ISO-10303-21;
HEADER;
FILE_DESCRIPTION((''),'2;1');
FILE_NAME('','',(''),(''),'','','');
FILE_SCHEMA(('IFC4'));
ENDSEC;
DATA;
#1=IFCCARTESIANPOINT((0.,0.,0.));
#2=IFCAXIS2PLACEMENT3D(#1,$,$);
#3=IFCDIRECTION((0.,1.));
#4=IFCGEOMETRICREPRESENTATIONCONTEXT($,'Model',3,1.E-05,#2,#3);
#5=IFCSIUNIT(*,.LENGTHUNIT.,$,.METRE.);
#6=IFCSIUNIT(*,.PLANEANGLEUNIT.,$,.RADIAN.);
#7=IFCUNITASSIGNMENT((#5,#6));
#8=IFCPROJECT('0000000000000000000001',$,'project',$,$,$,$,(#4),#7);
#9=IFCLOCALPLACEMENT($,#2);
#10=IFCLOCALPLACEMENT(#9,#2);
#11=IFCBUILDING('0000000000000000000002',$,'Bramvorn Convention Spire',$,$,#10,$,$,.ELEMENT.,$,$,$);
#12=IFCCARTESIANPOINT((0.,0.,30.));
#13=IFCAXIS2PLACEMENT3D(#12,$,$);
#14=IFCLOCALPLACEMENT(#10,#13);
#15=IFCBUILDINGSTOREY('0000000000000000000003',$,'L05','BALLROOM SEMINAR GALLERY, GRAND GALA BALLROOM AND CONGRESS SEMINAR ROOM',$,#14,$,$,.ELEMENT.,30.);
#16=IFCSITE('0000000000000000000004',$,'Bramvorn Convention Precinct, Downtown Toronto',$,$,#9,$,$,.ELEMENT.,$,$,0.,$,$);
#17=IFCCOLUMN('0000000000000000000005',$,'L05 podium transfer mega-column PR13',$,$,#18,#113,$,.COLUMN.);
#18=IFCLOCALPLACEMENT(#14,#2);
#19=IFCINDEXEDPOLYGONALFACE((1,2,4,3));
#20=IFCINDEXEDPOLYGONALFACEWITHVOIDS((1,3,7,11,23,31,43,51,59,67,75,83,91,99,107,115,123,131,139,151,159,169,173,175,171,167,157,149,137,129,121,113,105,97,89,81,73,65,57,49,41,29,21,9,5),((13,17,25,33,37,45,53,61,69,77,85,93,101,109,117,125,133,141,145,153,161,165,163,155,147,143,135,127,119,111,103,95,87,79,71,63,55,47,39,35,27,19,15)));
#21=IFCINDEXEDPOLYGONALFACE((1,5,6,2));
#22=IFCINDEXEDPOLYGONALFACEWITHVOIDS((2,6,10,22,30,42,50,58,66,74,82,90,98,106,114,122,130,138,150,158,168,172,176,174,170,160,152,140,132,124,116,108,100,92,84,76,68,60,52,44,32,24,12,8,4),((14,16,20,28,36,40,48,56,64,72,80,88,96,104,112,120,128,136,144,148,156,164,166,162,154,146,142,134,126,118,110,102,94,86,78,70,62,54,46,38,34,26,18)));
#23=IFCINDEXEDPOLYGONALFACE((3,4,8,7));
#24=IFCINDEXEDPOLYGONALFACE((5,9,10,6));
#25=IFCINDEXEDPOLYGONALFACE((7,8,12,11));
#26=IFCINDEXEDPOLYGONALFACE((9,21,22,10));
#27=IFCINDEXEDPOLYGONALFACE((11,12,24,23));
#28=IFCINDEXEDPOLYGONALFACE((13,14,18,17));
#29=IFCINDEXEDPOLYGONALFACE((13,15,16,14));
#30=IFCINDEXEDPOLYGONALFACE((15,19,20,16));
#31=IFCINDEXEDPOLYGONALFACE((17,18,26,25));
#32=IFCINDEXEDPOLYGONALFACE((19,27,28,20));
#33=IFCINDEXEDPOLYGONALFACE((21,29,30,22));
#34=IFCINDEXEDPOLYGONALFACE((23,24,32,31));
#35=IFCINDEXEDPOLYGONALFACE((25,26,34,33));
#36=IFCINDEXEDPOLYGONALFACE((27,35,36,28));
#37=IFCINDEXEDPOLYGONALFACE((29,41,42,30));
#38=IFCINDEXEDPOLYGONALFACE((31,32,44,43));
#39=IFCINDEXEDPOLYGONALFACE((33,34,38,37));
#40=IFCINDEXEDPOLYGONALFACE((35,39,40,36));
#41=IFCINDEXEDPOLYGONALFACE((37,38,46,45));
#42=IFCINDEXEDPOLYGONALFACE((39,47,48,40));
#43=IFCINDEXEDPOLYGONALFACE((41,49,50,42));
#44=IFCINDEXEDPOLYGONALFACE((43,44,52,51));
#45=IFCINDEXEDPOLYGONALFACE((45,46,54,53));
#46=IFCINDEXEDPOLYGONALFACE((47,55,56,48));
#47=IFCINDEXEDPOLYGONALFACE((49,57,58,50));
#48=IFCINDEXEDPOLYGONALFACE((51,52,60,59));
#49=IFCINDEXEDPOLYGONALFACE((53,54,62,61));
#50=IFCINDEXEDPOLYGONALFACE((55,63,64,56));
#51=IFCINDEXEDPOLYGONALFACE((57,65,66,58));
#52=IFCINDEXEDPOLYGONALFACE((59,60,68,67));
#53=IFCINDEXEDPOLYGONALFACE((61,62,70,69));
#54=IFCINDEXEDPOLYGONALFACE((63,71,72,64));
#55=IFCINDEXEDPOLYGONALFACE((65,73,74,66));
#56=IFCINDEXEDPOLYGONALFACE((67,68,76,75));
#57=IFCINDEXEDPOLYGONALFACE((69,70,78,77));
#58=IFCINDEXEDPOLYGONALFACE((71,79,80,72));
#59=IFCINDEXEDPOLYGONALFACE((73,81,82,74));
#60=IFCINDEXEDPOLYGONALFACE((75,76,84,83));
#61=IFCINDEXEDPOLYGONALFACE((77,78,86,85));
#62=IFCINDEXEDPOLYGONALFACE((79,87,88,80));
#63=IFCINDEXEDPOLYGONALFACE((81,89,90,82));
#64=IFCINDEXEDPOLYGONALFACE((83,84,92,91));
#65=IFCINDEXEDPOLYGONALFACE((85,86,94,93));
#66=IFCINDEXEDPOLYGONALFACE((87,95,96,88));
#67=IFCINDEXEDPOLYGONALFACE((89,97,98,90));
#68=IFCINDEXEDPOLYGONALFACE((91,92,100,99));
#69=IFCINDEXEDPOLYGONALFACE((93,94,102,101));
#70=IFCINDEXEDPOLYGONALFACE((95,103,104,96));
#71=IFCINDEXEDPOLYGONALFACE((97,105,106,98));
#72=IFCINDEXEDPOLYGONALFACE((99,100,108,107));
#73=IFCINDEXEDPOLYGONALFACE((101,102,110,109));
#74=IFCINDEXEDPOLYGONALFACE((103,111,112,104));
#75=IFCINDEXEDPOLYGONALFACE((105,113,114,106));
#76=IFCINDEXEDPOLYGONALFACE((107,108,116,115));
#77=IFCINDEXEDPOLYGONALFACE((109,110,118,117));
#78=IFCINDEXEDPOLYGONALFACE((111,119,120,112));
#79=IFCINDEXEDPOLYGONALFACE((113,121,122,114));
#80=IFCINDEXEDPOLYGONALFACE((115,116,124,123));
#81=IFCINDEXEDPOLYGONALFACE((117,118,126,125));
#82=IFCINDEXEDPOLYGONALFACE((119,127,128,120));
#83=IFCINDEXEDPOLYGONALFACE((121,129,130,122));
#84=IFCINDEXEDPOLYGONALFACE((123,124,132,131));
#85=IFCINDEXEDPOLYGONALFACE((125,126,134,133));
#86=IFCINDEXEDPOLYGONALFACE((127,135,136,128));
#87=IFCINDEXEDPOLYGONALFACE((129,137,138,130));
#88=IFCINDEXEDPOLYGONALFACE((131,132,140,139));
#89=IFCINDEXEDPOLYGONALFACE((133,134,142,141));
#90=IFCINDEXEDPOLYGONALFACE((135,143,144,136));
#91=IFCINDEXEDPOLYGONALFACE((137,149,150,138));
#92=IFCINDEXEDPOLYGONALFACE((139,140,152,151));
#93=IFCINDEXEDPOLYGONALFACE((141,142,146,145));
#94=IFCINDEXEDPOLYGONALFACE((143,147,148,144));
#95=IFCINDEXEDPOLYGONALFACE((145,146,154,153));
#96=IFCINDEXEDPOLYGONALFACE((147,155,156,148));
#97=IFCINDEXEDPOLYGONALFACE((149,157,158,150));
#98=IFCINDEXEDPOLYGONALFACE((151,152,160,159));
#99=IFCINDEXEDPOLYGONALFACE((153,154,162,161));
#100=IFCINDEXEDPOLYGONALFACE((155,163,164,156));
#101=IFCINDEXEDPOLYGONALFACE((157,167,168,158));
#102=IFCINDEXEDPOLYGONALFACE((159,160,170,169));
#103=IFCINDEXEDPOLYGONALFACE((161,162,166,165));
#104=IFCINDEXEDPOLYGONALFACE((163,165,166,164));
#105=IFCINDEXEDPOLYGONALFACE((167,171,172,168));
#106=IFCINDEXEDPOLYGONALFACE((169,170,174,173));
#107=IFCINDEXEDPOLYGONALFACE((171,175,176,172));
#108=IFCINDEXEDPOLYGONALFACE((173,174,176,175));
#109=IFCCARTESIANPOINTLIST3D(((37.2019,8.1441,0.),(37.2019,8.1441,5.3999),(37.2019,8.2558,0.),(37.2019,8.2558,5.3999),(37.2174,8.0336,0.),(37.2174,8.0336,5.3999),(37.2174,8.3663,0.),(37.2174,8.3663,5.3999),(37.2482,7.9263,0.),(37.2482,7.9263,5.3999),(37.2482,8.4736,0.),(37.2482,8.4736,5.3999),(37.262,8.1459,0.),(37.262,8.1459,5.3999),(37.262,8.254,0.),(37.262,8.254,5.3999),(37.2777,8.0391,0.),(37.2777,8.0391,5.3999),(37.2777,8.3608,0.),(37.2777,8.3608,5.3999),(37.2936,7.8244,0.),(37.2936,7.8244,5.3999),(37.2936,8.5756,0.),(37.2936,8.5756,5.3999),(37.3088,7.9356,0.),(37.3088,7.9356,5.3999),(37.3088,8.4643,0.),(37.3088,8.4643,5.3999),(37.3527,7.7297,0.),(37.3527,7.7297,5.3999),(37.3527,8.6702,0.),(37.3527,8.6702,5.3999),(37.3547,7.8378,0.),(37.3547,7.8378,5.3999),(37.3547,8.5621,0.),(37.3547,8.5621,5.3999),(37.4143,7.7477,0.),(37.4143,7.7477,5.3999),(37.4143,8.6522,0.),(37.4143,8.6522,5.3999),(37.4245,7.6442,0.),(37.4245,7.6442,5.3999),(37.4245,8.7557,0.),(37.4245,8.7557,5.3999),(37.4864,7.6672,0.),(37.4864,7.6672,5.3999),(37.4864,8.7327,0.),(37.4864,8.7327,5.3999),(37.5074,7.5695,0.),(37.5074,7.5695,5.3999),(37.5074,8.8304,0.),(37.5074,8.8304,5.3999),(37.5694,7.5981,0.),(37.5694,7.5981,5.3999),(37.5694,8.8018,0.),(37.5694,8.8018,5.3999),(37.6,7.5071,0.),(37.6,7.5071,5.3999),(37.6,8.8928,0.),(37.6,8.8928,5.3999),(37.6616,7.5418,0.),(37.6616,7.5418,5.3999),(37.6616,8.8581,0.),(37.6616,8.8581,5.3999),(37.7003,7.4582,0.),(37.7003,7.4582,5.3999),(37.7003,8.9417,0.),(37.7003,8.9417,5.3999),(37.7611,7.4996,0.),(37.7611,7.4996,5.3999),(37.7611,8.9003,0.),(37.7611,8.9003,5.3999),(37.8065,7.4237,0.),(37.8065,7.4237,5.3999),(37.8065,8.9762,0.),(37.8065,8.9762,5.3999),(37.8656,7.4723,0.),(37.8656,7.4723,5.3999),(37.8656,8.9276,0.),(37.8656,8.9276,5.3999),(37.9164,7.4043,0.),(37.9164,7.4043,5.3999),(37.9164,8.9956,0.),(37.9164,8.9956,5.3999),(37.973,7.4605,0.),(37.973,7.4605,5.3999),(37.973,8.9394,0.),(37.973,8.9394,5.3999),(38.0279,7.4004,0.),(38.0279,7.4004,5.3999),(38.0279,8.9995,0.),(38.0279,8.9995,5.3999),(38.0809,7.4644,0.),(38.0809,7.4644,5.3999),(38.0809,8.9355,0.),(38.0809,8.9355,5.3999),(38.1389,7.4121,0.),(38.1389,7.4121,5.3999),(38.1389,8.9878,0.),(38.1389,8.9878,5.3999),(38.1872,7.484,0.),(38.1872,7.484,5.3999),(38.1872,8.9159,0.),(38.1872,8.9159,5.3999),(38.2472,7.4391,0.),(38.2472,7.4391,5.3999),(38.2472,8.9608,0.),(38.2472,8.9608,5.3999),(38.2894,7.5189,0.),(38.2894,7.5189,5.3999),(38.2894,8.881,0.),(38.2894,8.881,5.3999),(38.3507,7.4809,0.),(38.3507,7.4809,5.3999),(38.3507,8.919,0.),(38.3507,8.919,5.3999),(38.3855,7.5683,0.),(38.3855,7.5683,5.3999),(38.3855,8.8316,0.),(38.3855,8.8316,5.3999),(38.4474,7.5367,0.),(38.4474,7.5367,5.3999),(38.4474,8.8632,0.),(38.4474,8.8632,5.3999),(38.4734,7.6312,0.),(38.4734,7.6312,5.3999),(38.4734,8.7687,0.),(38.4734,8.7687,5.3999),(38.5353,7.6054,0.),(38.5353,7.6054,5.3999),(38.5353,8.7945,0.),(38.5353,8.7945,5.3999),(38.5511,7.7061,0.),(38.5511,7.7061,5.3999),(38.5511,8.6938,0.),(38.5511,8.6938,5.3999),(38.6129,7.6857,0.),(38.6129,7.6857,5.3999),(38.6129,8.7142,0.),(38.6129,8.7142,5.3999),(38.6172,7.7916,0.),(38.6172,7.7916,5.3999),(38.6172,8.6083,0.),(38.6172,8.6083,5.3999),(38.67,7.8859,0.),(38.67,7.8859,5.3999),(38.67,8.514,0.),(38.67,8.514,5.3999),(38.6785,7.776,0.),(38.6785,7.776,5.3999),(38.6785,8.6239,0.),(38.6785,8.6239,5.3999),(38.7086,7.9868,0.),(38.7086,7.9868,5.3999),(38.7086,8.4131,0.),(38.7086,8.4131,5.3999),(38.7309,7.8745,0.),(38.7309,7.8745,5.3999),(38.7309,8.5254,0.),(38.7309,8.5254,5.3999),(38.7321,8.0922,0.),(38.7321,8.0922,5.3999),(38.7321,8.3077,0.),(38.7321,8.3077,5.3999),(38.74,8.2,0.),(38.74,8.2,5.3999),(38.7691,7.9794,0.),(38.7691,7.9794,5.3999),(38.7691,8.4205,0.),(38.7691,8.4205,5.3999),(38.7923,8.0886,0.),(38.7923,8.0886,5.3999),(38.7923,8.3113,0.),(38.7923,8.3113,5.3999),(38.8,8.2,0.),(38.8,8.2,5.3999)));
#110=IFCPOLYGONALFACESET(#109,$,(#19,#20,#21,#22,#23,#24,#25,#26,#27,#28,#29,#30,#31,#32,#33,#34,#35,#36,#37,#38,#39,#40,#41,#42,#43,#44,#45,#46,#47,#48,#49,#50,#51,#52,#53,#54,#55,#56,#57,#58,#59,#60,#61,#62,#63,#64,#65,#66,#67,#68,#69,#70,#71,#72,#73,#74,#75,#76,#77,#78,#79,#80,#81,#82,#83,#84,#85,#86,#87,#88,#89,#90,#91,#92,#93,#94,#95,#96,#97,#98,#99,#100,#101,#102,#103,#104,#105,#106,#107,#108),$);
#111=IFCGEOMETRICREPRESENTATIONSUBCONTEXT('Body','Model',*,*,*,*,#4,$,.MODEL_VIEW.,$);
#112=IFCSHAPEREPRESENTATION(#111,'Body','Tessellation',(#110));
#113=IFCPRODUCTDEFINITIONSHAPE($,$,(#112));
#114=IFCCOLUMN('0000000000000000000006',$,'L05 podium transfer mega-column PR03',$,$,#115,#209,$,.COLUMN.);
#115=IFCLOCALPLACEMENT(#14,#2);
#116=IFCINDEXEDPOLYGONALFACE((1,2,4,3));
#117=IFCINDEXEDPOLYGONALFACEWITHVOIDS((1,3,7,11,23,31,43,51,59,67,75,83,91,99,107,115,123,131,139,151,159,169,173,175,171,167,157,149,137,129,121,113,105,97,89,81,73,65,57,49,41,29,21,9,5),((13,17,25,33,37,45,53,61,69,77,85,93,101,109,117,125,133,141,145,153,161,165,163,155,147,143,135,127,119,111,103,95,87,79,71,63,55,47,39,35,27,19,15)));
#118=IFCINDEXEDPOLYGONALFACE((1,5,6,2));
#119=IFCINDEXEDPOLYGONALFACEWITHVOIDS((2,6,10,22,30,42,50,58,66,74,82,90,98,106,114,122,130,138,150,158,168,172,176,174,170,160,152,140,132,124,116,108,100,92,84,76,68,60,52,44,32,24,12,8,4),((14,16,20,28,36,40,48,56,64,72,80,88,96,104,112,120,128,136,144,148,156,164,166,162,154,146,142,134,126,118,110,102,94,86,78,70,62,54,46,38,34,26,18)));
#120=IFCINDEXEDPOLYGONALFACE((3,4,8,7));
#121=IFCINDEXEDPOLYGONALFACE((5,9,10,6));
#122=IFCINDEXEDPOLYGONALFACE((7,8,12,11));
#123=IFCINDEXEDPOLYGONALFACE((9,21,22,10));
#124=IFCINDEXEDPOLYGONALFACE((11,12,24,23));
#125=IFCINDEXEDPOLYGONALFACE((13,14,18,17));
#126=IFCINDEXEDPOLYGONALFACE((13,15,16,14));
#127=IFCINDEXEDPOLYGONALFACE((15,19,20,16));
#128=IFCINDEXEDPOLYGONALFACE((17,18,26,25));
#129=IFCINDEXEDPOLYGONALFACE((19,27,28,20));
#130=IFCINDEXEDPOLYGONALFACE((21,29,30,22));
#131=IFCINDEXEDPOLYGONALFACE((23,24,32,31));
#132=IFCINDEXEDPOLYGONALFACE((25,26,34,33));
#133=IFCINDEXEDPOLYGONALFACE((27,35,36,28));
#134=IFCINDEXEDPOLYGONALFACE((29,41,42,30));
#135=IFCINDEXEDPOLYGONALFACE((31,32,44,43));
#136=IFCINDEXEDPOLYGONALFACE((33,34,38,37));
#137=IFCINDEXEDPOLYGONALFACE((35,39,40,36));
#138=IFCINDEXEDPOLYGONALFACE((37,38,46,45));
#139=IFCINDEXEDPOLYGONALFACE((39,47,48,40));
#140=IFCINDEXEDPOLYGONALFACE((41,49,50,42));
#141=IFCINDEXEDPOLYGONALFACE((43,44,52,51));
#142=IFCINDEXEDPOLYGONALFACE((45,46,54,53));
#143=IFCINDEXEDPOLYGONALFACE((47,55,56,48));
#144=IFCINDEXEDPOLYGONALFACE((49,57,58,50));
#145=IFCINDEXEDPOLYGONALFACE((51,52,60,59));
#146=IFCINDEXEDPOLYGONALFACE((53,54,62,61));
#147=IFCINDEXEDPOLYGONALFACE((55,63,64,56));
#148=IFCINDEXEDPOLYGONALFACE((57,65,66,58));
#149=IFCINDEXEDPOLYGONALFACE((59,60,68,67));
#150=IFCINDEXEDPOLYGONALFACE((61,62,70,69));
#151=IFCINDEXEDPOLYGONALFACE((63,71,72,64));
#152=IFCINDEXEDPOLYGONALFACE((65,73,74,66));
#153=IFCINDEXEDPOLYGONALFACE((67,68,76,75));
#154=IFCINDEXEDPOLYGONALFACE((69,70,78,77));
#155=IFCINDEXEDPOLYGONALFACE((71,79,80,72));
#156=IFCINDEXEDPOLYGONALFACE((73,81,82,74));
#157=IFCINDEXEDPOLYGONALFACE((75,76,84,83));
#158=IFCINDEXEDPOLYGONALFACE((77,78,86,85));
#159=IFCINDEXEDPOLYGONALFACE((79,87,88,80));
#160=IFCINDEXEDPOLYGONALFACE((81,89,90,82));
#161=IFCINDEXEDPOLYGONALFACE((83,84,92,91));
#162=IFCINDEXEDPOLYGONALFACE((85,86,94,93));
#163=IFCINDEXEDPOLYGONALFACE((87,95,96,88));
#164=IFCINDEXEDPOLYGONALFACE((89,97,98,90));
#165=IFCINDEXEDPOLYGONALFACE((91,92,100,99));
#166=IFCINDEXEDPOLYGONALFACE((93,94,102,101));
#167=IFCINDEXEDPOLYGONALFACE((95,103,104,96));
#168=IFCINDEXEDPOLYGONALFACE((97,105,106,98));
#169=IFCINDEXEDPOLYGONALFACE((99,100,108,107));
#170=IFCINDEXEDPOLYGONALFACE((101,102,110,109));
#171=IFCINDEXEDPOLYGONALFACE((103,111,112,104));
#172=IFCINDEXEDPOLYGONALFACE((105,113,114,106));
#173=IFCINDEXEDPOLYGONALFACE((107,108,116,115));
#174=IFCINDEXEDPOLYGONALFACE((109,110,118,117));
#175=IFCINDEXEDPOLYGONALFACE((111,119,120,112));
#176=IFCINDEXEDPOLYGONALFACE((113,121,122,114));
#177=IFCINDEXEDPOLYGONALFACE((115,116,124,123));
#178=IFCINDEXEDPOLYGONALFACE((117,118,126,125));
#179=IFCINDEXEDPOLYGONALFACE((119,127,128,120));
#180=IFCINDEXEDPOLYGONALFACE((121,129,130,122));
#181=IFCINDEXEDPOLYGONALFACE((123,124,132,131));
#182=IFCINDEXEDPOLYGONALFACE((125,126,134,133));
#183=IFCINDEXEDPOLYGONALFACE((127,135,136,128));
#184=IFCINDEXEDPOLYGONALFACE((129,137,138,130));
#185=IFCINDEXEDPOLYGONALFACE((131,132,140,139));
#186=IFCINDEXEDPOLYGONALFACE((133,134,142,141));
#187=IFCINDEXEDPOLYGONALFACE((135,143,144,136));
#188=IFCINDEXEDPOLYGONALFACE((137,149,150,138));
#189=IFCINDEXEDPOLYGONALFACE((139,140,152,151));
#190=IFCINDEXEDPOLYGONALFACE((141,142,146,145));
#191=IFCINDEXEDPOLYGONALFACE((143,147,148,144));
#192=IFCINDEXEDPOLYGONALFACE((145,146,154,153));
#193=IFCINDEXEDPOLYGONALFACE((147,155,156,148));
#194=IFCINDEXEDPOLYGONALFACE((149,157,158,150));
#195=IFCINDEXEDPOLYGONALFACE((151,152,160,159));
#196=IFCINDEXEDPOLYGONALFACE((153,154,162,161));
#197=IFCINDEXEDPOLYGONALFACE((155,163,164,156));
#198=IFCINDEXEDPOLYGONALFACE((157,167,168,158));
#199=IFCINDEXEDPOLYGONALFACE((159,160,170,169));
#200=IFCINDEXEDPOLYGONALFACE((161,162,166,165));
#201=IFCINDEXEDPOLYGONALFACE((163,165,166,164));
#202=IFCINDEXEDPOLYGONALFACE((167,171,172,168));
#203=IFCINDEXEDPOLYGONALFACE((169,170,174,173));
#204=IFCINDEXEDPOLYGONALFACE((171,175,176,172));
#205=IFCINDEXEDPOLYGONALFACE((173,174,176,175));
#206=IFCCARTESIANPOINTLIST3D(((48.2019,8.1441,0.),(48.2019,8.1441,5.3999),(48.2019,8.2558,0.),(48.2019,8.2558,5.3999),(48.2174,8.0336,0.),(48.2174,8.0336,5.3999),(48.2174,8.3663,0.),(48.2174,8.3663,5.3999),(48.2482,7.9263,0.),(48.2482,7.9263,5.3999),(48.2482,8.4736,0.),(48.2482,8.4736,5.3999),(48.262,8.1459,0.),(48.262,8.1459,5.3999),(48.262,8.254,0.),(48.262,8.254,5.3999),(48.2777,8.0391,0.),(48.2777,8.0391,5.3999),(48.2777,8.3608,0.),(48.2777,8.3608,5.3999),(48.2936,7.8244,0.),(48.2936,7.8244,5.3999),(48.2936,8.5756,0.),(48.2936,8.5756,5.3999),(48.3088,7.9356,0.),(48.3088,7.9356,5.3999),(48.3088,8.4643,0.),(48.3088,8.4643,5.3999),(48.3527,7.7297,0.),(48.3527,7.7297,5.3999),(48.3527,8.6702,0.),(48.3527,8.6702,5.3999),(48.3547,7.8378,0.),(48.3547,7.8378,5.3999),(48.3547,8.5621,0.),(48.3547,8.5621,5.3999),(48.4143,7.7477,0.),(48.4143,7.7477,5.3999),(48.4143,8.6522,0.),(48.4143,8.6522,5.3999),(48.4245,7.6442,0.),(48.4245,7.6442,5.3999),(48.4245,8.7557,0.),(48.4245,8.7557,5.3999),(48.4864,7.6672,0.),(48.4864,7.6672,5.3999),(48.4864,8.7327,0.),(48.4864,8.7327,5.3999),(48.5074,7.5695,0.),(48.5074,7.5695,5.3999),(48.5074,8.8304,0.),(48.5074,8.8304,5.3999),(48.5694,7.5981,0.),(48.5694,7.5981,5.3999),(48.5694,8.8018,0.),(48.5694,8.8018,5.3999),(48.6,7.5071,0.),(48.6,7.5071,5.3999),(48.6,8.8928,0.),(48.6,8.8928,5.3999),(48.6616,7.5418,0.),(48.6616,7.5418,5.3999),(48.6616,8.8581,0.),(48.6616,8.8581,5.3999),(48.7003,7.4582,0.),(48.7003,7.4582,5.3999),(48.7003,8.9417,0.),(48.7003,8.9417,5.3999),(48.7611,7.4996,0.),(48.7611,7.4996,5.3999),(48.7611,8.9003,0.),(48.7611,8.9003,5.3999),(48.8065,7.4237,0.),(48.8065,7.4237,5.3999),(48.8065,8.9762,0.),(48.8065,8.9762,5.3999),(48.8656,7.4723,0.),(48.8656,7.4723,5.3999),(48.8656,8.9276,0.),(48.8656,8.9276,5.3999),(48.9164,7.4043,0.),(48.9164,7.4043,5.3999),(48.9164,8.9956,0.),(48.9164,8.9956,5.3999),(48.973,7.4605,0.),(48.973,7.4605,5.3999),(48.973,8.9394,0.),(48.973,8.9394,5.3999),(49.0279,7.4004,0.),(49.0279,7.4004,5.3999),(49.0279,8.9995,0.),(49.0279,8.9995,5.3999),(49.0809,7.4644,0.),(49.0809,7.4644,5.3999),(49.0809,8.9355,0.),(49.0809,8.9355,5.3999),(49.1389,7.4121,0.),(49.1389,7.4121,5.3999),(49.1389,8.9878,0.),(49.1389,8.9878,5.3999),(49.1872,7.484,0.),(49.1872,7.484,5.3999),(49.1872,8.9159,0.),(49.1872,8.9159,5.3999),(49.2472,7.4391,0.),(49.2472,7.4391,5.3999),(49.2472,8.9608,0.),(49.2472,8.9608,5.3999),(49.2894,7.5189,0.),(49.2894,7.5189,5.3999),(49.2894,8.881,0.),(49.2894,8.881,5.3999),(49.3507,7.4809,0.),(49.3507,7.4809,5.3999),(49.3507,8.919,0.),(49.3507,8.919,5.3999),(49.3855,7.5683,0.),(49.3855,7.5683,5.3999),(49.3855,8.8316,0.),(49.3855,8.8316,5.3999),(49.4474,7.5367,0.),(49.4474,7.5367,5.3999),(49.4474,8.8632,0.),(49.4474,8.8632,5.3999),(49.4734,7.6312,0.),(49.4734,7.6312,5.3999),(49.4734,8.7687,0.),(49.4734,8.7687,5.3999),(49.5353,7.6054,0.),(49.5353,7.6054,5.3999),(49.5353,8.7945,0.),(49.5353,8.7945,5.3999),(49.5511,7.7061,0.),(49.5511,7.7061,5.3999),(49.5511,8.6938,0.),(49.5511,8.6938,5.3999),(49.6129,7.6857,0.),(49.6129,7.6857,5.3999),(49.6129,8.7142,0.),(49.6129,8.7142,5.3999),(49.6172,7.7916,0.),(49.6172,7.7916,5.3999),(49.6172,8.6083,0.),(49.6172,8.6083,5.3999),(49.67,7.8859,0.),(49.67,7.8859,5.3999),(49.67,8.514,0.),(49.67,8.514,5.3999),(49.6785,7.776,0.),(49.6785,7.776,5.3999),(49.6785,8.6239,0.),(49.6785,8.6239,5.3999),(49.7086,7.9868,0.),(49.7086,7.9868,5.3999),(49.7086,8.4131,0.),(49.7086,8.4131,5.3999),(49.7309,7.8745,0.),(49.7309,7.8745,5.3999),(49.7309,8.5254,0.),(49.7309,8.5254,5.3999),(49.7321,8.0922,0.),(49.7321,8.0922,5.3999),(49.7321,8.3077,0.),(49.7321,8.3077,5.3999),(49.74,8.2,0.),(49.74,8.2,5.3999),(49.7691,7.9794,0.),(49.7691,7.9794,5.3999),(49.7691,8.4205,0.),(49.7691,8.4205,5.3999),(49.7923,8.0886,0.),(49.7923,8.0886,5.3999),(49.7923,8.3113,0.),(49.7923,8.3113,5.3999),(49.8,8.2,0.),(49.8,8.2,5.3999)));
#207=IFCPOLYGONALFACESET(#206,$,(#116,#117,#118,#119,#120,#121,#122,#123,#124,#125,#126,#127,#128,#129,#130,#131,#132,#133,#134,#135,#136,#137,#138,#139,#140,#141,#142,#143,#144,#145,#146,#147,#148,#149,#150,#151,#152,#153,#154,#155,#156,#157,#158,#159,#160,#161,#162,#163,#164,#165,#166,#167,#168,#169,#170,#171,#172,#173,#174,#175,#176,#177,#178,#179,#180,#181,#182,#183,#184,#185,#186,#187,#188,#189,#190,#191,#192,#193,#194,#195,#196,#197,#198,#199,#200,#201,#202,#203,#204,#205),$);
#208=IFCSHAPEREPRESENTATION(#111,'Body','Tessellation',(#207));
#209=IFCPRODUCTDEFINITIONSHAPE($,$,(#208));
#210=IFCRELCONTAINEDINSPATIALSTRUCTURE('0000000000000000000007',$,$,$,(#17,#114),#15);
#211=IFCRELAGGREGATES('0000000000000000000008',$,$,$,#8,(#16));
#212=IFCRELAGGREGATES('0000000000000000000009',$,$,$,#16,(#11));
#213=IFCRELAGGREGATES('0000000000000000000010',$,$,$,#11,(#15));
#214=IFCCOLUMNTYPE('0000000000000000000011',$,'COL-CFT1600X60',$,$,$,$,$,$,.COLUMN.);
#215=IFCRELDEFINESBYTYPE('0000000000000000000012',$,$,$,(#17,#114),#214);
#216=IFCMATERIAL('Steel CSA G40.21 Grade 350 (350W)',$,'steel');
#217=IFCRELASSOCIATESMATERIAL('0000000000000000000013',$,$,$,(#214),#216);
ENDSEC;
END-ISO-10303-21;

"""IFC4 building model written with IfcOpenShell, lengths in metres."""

from ifc_helpers import new_model, si_unit, direction, frame, origin, origin_2d, place, context, subcontext, project, spatial, hollow_circle, extrude, material, material_profile, profile_set, type_object, element, save


model = new_model("IFC4")

# Units and contexts
model_context = context("Model", 3, precision=1e-05, world=origin(), true_north=direction((0.0, 1.0)))
body_context = subcontext(model_context, "Body", "Model", "MODEL_VIEW")
ifc_project = project(units=[si_unit("LENGTHUNIT", "METRE"), si_unit("PLANEANGLEUNIT", "RADIAN")], contexts=[model_context])

# Site, building, storey
site_placement = place(None, origin())
site = spatial("IfcSite", under=ifc_project, at=site_placement, Name="Bramvorn Convention Precinct, Downtown Toronto", CompositionType="ELEMENT", RefElevation=0.0)
building_placement = place(site_placement, origin())
building = spatial("IfcBuilding", under=site, at=building_placement, Name="Bramvorn Convention Spire", CompositionType="ELEMENT")
storey_placement = place(building_placement, frame((0.0, 0.0, 30.0)))
storey = spatial("IfcBuildingStorey", under=building, at=storey_placement, Name="L05", Description="BALLROOM SEMINAR GALLERY, GRAND GALA BALLROOM AND CONGRESS SEMINAR ROOM", CompositionType="ELEMENT", Elevation=30.0)

# Columns
ifc_material_1 = material(Name="Steel CSA G40.21 Grade 350 (350W)", Category="steel")
ifc_material_profile_1 = material_profile(ifc_material_1, hollow_circle(Radius=0.8, WallThickness=0.0601, at=origin_2d()))
ifc_profile_set_1 = profile_set([ifc_material_profile_1], Name="Steel CSA G40.21 Grade 350 (350W) - CFT1600X60")
column_type_1 = type_object("IfcColumnType", Name="COL-CFT1600X60", PredefinedType="COLUMN", material=ifc_profile_set_1)
for number, where, z_axis, x_axis, name in (
    (1, (38.0, 8.2, 0.0), (0.0, 0.0, 1.0), (1.0, 0.0, 0.0), "L05 podium transfer mega-column PR13"),
    (2, (49.0, 8.2, 0.0), (0.0, 0.0, 1.0), (1.0, 0.0, 0.0), "L05 podium transfer mega-column PR03"),
):
    element("IfcColumn", number, at=place(storey_placement, frame(where, z_axis=z_axis, x_axis=x_axis)), inside=storey, type_object=column_type_1, Name=name, PredefinedType="COLUMN", context=body_context, shape_type="SweptSolid", body=[
        extrude(hollow_circle(Radius=0.8, WallThickness=0.0601, at=origin_2d()), origin(), (0.0, 0.0, 1.0), 5.3999),
    ])

save(model, "model.ifc")
